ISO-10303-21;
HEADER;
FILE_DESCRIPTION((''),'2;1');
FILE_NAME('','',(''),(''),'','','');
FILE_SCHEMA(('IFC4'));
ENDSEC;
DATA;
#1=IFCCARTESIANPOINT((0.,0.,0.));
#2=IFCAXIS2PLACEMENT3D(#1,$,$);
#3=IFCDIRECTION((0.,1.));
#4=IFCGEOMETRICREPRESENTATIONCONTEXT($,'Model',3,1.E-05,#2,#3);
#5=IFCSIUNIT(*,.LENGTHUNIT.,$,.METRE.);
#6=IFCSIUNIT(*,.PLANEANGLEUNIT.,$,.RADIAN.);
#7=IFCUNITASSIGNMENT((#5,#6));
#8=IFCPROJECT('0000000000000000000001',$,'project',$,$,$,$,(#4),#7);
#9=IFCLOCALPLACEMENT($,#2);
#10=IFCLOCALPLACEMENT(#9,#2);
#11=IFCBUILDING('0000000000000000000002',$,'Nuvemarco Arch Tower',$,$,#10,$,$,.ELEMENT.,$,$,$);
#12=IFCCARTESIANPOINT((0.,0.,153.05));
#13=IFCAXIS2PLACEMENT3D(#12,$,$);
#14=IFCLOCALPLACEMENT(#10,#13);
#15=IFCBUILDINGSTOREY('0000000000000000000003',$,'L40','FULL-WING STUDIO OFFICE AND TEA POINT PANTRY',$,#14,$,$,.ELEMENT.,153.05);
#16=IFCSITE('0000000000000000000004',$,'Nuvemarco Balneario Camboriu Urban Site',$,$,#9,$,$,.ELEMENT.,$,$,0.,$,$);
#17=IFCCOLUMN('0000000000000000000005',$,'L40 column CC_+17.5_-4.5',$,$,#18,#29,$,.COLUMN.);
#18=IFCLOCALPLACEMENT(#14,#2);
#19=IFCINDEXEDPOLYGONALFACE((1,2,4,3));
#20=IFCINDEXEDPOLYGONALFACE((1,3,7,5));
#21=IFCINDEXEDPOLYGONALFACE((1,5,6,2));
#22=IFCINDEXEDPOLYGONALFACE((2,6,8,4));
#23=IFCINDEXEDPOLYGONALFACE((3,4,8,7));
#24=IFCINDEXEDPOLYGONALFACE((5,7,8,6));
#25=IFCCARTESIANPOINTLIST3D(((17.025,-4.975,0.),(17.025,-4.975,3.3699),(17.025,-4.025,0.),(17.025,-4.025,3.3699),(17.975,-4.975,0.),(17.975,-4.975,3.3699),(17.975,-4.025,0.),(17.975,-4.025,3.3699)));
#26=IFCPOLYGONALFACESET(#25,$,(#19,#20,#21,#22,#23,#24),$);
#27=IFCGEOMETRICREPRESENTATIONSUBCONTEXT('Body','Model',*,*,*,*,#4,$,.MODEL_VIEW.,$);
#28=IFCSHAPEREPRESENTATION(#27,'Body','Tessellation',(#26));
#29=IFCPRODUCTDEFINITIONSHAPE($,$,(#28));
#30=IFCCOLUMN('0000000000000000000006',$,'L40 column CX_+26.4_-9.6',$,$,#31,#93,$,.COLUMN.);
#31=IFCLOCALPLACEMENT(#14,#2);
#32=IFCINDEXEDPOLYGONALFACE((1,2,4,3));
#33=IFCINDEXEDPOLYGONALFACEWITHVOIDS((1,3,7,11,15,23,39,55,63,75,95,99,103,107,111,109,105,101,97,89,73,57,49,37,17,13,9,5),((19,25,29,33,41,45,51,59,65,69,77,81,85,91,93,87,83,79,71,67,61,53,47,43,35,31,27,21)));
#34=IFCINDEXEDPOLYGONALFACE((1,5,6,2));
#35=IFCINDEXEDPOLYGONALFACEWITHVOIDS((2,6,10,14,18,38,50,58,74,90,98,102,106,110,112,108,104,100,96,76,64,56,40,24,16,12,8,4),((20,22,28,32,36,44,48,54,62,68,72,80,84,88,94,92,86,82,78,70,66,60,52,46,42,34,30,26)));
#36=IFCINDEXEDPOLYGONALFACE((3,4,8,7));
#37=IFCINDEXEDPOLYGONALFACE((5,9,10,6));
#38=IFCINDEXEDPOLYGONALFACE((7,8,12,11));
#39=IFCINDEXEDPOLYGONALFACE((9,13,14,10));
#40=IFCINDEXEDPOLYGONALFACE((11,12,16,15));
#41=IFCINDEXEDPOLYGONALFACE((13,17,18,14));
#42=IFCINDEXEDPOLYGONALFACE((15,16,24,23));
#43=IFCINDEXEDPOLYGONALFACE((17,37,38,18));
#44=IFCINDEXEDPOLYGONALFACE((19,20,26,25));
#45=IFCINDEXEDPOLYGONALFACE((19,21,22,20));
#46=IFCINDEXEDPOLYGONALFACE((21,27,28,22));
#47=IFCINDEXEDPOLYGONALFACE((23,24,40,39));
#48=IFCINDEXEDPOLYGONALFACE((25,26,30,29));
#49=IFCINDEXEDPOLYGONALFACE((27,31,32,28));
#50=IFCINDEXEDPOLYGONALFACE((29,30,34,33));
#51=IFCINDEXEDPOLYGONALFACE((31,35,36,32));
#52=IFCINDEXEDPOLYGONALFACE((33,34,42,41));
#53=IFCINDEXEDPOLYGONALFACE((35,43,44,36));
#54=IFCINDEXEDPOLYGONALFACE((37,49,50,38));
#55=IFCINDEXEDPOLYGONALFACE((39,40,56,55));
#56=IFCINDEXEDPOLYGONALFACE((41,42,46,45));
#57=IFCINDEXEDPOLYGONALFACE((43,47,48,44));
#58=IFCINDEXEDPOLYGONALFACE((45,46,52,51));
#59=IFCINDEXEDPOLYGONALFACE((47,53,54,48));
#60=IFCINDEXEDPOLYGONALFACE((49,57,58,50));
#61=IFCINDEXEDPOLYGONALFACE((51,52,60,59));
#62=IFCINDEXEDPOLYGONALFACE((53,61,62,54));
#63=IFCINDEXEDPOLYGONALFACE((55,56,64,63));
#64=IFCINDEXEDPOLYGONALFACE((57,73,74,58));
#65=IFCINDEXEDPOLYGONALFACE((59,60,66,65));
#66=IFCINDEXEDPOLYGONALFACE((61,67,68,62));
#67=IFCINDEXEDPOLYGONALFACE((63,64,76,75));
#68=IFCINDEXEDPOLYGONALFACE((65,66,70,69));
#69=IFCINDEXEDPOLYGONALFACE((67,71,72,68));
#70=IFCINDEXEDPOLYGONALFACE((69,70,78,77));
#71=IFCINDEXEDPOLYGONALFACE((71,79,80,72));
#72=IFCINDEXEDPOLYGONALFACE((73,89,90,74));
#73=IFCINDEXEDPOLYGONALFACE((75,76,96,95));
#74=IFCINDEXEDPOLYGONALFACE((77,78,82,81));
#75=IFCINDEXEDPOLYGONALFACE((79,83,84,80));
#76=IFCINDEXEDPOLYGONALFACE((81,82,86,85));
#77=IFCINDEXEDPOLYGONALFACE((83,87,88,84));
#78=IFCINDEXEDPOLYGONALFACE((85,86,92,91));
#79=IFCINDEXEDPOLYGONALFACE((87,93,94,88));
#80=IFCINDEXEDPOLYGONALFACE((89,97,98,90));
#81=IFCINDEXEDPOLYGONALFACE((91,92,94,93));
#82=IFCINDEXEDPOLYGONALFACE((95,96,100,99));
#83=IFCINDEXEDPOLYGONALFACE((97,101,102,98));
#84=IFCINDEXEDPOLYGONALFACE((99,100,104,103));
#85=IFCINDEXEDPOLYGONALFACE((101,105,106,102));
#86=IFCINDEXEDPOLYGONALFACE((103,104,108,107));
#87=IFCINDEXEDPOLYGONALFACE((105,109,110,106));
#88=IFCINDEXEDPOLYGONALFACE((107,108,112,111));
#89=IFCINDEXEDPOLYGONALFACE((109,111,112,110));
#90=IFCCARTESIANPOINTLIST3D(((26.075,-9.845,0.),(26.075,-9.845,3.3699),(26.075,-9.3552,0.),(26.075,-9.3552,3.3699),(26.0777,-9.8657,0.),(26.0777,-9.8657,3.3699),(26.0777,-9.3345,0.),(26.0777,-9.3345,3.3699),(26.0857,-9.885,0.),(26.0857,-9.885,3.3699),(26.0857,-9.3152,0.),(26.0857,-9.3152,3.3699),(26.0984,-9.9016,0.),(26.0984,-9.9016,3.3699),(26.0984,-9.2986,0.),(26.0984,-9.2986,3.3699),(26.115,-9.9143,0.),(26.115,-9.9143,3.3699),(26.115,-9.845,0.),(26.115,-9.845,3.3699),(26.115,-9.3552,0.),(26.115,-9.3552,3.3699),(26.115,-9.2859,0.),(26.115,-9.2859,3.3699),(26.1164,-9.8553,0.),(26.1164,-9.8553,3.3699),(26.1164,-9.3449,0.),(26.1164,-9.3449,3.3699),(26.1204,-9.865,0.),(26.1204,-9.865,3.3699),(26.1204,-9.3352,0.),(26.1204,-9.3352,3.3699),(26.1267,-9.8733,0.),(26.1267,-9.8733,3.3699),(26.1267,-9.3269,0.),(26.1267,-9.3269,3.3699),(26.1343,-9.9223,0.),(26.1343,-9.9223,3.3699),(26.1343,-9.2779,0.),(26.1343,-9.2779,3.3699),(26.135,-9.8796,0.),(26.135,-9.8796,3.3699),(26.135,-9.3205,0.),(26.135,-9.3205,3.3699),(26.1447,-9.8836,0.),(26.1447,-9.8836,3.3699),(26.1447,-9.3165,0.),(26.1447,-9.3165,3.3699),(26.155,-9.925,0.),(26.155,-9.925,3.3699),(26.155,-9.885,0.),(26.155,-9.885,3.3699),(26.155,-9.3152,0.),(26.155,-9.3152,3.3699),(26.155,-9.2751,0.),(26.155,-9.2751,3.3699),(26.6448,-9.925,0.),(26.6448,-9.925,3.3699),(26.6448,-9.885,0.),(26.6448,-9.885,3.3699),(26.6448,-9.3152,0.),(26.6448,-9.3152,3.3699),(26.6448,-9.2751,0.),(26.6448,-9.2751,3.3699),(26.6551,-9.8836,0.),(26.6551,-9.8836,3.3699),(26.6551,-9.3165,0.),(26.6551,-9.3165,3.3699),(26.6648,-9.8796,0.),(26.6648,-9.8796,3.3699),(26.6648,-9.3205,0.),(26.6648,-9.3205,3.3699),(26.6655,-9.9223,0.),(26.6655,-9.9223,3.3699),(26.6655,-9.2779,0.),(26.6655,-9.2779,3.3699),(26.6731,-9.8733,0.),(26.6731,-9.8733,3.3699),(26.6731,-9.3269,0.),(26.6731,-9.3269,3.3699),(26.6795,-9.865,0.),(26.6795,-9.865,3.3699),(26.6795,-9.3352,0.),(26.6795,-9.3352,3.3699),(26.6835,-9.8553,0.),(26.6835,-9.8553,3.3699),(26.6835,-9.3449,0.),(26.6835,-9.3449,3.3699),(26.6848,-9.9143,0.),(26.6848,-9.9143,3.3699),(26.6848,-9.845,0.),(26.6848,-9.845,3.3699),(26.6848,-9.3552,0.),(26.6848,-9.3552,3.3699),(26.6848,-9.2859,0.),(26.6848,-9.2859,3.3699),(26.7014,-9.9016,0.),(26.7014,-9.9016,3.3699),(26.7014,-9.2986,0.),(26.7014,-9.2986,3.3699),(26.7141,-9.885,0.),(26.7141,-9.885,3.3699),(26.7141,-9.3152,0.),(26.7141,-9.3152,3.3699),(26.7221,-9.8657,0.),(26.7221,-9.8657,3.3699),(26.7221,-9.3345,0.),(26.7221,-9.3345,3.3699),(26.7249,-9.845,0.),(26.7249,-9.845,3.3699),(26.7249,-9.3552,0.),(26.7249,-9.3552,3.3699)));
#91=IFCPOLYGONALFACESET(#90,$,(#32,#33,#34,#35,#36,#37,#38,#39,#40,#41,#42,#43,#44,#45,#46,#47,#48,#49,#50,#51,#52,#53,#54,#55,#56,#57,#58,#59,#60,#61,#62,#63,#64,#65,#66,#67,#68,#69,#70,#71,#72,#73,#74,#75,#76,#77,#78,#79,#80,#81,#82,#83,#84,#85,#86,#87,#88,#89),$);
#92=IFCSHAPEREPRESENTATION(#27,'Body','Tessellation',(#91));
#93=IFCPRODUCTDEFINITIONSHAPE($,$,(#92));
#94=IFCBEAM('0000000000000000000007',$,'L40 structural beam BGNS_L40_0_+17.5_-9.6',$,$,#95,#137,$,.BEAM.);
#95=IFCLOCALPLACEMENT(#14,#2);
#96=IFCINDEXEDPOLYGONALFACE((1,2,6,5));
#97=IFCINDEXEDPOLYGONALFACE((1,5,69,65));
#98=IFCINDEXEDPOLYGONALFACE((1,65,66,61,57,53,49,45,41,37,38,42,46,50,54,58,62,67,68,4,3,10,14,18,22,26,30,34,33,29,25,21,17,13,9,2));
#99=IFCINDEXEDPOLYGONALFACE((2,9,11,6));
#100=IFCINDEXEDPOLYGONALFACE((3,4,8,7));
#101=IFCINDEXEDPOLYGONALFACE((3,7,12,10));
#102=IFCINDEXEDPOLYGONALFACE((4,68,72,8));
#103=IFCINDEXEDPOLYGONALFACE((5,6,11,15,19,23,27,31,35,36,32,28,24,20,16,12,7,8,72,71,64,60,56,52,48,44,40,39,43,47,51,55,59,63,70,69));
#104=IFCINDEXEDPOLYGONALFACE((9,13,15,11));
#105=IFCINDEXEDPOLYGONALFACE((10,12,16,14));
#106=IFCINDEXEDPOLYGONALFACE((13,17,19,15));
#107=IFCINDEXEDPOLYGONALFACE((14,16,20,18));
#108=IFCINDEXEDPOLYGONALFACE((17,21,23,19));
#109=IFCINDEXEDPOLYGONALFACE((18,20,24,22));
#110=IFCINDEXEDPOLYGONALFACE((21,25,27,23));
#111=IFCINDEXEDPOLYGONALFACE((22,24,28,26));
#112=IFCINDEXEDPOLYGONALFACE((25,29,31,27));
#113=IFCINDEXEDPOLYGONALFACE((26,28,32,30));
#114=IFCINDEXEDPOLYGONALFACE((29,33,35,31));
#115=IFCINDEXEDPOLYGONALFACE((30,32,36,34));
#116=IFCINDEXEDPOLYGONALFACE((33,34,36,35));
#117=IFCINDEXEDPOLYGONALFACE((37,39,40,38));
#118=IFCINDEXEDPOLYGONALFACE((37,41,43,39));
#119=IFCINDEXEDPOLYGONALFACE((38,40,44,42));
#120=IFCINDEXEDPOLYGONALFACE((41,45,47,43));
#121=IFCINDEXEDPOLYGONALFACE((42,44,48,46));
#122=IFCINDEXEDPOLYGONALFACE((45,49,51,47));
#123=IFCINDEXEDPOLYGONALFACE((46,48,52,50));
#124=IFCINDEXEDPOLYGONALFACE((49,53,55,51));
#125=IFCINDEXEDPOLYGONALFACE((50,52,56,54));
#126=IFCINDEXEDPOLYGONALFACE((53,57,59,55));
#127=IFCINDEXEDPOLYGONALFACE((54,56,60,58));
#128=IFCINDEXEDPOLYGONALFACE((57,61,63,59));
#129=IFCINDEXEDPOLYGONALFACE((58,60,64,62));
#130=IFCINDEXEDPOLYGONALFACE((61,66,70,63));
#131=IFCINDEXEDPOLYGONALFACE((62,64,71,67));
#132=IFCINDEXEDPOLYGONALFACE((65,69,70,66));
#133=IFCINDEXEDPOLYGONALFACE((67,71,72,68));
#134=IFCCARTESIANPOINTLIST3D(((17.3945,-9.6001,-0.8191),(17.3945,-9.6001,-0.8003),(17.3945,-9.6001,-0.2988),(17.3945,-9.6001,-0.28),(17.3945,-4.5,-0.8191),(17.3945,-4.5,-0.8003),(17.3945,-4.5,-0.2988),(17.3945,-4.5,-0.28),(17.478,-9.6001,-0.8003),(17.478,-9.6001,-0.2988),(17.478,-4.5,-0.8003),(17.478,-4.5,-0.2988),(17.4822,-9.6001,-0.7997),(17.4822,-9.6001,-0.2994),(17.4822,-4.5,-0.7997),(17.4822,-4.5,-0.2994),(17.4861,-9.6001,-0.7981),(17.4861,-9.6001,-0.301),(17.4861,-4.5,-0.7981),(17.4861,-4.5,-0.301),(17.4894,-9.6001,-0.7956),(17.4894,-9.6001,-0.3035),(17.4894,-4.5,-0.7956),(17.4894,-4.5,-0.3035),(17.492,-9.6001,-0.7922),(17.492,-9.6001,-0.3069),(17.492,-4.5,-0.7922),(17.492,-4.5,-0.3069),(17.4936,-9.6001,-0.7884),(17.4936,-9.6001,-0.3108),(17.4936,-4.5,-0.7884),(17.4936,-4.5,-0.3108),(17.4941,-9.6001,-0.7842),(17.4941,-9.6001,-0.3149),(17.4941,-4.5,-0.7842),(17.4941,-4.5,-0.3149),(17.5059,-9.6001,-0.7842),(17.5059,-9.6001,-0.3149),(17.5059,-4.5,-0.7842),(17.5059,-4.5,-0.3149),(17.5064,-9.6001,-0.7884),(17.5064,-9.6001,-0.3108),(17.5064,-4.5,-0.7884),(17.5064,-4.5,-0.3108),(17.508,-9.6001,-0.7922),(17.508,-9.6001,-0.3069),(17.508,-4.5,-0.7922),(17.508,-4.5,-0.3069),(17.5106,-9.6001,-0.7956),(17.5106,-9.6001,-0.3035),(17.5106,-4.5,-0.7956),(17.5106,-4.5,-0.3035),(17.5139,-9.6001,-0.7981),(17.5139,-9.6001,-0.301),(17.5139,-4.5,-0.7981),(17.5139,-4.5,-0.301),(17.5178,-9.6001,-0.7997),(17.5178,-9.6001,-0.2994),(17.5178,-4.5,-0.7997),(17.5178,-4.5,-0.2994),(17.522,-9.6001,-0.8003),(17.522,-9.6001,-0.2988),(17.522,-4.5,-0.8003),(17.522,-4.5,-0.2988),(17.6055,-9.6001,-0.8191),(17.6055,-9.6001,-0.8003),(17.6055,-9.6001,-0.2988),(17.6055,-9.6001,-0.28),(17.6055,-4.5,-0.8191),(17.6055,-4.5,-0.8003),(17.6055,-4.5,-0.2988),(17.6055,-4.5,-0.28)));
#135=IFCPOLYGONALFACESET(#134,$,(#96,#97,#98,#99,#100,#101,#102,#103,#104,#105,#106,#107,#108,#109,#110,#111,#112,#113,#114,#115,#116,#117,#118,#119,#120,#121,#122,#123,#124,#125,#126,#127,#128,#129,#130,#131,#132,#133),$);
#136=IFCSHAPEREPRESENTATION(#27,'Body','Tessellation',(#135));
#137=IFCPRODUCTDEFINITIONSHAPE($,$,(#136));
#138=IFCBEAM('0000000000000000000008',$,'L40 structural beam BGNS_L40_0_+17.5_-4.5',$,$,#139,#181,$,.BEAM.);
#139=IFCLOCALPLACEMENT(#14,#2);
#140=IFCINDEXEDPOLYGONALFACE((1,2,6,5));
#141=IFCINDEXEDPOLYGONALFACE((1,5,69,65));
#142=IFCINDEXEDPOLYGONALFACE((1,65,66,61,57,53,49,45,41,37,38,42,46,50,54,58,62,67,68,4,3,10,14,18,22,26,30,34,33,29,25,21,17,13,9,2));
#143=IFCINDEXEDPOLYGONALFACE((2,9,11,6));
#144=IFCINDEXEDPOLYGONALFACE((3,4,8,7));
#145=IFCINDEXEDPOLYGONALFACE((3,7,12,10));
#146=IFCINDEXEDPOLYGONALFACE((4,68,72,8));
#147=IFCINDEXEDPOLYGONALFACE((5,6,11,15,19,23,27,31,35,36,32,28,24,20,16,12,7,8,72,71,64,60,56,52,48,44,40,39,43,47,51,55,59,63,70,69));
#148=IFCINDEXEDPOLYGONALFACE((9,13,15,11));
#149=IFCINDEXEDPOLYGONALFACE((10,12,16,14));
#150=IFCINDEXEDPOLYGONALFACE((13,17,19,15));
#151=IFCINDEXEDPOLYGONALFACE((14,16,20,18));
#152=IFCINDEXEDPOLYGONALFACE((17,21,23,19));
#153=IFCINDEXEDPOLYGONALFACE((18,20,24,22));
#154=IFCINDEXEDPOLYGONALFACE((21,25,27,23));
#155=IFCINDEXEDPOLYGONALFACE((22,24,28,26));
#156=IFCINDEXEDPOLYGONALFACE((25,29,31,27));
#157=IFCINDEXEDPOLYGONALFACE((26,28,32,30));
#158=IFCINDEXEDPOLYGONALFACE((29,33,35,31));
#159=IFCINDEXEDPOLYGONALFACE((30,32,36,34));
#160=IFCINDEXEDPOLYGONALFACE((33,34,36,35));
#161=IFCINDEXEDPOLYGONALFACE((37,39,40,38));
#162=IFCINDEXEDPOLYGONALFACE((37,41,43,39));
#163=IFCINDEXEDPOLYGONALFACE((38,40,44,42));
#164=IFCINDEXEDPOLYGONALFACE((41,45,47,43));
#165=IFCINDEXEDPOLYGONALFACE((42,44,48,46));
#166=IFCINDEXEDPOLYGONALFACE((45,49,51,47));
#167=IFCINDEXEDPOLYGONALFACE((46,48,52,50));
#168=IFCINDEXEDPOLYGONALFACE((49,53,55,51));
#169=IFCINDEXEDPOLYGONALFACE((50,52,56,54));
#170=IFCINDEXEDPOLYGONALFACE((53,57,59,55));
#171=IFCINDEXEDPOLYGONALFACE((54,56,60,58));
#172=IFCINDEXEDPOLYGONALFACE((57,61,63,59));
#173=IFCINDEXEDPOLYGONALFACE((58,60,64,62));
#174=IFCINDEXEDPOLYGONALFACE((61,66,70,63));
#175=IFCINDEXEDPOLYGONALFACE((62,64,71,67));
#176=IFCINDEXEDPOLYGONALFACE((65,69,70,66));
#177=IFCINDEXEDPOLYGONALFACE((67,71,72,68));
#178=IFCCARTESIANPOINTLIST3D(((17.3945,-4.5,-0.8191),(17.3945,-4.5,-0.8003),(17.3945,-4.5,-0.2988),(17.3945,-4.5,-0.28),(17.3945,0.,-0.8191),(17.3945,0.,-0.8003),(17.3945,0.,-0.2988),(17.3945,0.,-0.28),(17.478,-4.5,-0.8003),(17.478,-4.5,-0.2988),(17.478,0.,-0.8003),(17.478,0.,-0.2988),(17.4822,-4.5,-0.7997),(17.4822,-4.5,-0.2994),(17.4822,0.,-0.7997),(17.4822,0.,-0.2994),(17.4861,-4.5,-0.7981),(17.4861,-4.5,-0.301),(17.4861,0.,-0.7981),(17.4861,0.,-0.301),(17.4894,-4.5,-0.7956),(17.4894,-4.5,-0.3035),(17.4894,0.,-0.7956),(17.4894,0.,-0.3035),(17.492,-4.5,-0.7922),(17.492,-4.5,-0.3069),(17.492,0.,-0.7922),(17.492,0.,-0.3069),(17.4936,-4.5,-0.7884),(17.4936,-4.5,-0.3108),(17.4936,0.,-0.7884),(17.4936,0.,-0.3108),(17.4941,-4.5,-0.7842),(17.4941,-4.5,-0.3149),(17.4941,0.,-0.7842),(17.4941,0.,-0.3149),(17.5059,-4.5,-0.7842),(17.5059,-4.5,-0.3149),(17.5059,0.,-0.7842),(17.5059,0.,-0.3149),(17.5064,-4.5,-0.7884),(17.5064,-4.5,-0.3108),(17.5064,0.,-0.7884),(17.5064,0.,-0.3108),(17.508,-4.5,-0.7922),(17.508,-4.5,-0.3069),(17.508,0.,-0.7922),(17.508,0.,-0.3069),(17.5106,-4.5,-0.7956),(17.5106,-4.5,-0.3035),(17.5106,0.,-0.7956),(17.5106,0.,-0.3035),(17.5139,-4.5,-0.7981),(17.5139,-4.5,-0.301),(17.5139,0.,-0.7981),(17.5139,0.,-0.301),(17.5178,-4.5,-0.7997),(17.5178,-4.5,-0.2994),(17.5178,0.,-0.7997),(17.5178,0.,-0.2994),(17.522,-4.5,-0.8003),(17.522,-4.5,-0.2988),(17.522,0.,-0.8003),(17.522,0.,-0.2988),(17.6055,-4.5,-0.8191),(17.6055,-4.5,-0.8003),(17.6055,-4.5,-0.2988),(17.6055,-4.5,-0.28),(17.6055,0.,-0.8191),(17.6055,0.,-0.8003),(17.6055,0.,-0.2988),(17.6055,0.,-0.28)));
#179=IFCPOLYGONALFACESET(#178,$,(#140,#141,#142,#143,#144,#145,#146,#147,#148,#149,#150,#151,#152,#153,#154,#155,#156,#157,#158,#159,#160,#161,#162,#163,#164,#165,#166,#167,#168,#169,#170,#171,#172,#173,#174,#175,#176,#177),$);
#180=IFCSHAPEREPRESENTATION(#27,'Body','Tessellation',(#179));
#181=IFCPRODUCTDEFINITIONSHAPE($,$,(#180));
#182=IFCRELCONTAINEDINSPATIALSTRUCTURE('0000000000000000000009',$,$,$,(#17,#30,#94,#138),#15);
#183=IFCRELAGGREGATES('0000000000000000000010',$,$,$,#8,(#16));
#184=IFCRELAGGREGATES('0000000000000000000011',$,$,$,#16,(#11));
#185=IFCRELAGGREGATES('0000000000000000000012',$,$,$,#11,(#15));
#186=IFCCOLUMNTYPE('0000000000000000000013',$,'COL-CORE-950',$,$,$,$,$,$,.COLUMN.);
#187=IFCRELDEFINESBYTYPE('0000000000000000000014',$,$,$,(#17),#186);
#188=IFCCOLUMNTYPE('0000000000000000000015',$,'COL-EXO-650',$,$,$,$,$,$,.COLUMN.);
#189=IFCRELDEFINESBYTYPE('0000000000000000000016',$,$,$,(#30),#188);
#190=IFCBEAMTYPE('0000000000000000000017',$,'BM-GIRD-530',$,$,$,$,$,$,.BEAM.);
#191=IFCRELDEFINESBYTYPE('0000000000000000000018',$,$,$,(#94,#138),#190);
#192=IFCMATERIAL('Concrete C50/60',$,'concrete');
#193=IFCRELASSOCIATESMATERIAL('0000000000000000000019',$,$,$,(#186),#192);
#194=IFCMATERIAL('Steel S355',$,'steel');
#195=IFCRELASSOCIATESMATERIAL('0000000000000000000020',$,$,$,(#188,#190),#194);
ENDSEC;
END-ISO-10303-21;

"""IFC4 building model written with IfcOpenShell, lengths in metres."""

from ifc_helpers import new_model, si_unit, direction, frame, origin, origin_2d, place, context, subcontext, project, spatial, rectangle, hollow_rectangle, i_section, extrude, material, material_profile, profile_set, type_object, element, save


model = new_model("IFC4")

# Units and contexts
model_context = context("Model", 3, precision=1e-05, world=origin(), true_north=direction((0.0, 1.0)))
body_context = subcontext(model_context, "Body", "Model", "MODEL_VIEW")
ifc_project = project(units=[si_unit("LENGTHUNIT", "METRE"), si_unit("PLANEANGLEUNIT", "RADIAN")], contexts=[model_context])

# Site, building, storey
site_placement = place(None, origin())
site = spatial("IfcSite", under=ifc_project, at=site_placement, Name="Nuvemarco Balneario Camboriu Urban Site", CompositionType="ELEMENT", RefElevation=0.0)
building_placement = place(site_placement, origin())
building = spatial("IfcBuilding", under=site, at=building_placement, Name="Nuvemarco Arch Tower", CompositionType="ELEMENT")
storey_placement = place(building_placement, frame((0.0, 0.0, 153.05)))
storey = spatial("IfcBuildingStorey", under=building, at=storey_placement, Name="L40", Description="FULL-WING STUDIO OFFICE AND TEA POINT PANTRY", CompositionType="ELEMENT", Elevation=153.05)

# Columns
ifc_material_1 = material(Name="Concrete C50/60", Category="concrete")
ifc_material_profile_1 = material_profile(ifc_material_1, rectangle(XDim=0.95, YDim=0.95, at=origin_2d()), Name="RC-COL-950x950")
ifc_profile_set_1 = profile_set([ifc_material_profile_1], Name="Concrete C50/60")
column_type_1 = type_object("IfcColumnType", Name="COL-CORE-950", PredefinedType="COLUMN", material=ifc_profile_set_1)
column_1_placement = place(storey_placement, frame((17.5, -4.5, 0.0), z_axis=(0.0, 0.0, 1.0), x_axis=(1.0, 0.0, 0.0)))
element("IfcColumn", 1, at=column_1_placement, inside=storey, type_object=column_type_1, Name="L40 column CC_+17.5_-4.5", PredefinedType="COLUMN", context=body_context, shape_type="SweptSolid", body=[
    extrude(rectangle(XDim=0.95, YDim=0.95, at=origin_2d()), origin(), (0.0, 0.0, 1.0), 3.3699),
])
ifc_material_2 = material(Name="Steel S355", Category="steel")
ifc_material_profile_2 = material_profile(ifc_material_2, hollow_rectangle(XDim=0.6499, YDim=0.6499, WallThickness=0.04, InnerFilletRadius=0.04, OuterFilletRadius=0.0801, at=origin_2d()), Name="SHS650x650x40")
ifc_profile_set_2 = profile_set([ifc_material_profile_2], Name="Steel S355")
column_type_2 = type_object("IfcColumnType", Name="COL-EXO-650", PredefinedType="COLUMN", material=ifc_profile_set_2)
column_2_placement = place(storey_placement, frame((26.3999, -9.6001, 0.0), z_axis=(0.0, 0.0, 1.0), x_axis=(1.0, 0.0, 0.0)))
element("IfcColumn", 2, at=column_2_placement, inside=storey, type_object=column_type_2, Name="L40 column CX_+26.4_-9.6", PredefinedType="COLUMN", context=body_context, shape_type="SweptSolid", body=[
    extrude(hollow_rectangle(XDim=0.6499, YDim=0.6499, WallThickness=0.04, InnerFilletRadius=0.04, OuterFilletRadius=0.0801, at=origin_2d()), origin(), (0.0, 0.0, 1.0), 3.3699),
])

# Beams
ifc_material_profile_3 = material_profile(ifc_material_2, i_section(OverallWidth=0.2109, OverallDepth=0.5391, WebThickness=0.0117, FlangeThickness=0.0188, FilletRadius=0.0161, at=origin_2d()), Name="W530x109")
ifc_profile_set_3 = profile_set([ifc_material_profile_3], Name="Steel S355")
beam_type_1 = type_object("IfcBeamType", Name="BM-GIRD-530", PredefinedType="BEAM", material=ifc_profile_set_3)
beam_1_placement = place(storey_placement, frame((17.5, -9.6001, -0.5496), z_axis=(0.0, 1.0, 0.0), x_axis=(-1.0, 0.0, 0.0)))
element("IfcBeam", 3, at=beam_1_placement, inside=storey, type_object=beam_type_1, Name="L40 structural beam BGNS_L40_0_+17.5_-9.6", PredefinedType="BEAM", context=body_context, shape_type="SweptSolid", body=[
    extrude(i_section(OverallWidth=0.2109, OverallDepth=0.5391, WebThickness=0.0117, FlangeThickness=0.0188, FilletRadius=0.0161, at=origin_2d()), origin(), (0.0, 0.0, 1.0), 5.1001),
])
beam_2_placement = place(storey_placement, frame((17.5, -4.5, -0.5496), z_axis=(0.0, 1.0, 0.0), x_axis=(-1.0, 0.0, 0.0)))
element("IfcBeam", 4, at=beam_2_placement, inside=storey, type_object=beam_type_1, Name="L40 structural beam BGNS_L40_0_+17.5_-4.5", PredefinedType="BEAM", context=body_context, shape_type="SweptSolid", body=[
    extrude(i_section(OverallWidth=0.2109, OverallDepth=0.5391, WebThickness=0.0117, FlangeThickness=0.0188, FilletRadius=0.0161, at=origin_2d()), origin(), (0.0, 0.0, 1.0), 4.5),
])

save(model, "model.ifc")
